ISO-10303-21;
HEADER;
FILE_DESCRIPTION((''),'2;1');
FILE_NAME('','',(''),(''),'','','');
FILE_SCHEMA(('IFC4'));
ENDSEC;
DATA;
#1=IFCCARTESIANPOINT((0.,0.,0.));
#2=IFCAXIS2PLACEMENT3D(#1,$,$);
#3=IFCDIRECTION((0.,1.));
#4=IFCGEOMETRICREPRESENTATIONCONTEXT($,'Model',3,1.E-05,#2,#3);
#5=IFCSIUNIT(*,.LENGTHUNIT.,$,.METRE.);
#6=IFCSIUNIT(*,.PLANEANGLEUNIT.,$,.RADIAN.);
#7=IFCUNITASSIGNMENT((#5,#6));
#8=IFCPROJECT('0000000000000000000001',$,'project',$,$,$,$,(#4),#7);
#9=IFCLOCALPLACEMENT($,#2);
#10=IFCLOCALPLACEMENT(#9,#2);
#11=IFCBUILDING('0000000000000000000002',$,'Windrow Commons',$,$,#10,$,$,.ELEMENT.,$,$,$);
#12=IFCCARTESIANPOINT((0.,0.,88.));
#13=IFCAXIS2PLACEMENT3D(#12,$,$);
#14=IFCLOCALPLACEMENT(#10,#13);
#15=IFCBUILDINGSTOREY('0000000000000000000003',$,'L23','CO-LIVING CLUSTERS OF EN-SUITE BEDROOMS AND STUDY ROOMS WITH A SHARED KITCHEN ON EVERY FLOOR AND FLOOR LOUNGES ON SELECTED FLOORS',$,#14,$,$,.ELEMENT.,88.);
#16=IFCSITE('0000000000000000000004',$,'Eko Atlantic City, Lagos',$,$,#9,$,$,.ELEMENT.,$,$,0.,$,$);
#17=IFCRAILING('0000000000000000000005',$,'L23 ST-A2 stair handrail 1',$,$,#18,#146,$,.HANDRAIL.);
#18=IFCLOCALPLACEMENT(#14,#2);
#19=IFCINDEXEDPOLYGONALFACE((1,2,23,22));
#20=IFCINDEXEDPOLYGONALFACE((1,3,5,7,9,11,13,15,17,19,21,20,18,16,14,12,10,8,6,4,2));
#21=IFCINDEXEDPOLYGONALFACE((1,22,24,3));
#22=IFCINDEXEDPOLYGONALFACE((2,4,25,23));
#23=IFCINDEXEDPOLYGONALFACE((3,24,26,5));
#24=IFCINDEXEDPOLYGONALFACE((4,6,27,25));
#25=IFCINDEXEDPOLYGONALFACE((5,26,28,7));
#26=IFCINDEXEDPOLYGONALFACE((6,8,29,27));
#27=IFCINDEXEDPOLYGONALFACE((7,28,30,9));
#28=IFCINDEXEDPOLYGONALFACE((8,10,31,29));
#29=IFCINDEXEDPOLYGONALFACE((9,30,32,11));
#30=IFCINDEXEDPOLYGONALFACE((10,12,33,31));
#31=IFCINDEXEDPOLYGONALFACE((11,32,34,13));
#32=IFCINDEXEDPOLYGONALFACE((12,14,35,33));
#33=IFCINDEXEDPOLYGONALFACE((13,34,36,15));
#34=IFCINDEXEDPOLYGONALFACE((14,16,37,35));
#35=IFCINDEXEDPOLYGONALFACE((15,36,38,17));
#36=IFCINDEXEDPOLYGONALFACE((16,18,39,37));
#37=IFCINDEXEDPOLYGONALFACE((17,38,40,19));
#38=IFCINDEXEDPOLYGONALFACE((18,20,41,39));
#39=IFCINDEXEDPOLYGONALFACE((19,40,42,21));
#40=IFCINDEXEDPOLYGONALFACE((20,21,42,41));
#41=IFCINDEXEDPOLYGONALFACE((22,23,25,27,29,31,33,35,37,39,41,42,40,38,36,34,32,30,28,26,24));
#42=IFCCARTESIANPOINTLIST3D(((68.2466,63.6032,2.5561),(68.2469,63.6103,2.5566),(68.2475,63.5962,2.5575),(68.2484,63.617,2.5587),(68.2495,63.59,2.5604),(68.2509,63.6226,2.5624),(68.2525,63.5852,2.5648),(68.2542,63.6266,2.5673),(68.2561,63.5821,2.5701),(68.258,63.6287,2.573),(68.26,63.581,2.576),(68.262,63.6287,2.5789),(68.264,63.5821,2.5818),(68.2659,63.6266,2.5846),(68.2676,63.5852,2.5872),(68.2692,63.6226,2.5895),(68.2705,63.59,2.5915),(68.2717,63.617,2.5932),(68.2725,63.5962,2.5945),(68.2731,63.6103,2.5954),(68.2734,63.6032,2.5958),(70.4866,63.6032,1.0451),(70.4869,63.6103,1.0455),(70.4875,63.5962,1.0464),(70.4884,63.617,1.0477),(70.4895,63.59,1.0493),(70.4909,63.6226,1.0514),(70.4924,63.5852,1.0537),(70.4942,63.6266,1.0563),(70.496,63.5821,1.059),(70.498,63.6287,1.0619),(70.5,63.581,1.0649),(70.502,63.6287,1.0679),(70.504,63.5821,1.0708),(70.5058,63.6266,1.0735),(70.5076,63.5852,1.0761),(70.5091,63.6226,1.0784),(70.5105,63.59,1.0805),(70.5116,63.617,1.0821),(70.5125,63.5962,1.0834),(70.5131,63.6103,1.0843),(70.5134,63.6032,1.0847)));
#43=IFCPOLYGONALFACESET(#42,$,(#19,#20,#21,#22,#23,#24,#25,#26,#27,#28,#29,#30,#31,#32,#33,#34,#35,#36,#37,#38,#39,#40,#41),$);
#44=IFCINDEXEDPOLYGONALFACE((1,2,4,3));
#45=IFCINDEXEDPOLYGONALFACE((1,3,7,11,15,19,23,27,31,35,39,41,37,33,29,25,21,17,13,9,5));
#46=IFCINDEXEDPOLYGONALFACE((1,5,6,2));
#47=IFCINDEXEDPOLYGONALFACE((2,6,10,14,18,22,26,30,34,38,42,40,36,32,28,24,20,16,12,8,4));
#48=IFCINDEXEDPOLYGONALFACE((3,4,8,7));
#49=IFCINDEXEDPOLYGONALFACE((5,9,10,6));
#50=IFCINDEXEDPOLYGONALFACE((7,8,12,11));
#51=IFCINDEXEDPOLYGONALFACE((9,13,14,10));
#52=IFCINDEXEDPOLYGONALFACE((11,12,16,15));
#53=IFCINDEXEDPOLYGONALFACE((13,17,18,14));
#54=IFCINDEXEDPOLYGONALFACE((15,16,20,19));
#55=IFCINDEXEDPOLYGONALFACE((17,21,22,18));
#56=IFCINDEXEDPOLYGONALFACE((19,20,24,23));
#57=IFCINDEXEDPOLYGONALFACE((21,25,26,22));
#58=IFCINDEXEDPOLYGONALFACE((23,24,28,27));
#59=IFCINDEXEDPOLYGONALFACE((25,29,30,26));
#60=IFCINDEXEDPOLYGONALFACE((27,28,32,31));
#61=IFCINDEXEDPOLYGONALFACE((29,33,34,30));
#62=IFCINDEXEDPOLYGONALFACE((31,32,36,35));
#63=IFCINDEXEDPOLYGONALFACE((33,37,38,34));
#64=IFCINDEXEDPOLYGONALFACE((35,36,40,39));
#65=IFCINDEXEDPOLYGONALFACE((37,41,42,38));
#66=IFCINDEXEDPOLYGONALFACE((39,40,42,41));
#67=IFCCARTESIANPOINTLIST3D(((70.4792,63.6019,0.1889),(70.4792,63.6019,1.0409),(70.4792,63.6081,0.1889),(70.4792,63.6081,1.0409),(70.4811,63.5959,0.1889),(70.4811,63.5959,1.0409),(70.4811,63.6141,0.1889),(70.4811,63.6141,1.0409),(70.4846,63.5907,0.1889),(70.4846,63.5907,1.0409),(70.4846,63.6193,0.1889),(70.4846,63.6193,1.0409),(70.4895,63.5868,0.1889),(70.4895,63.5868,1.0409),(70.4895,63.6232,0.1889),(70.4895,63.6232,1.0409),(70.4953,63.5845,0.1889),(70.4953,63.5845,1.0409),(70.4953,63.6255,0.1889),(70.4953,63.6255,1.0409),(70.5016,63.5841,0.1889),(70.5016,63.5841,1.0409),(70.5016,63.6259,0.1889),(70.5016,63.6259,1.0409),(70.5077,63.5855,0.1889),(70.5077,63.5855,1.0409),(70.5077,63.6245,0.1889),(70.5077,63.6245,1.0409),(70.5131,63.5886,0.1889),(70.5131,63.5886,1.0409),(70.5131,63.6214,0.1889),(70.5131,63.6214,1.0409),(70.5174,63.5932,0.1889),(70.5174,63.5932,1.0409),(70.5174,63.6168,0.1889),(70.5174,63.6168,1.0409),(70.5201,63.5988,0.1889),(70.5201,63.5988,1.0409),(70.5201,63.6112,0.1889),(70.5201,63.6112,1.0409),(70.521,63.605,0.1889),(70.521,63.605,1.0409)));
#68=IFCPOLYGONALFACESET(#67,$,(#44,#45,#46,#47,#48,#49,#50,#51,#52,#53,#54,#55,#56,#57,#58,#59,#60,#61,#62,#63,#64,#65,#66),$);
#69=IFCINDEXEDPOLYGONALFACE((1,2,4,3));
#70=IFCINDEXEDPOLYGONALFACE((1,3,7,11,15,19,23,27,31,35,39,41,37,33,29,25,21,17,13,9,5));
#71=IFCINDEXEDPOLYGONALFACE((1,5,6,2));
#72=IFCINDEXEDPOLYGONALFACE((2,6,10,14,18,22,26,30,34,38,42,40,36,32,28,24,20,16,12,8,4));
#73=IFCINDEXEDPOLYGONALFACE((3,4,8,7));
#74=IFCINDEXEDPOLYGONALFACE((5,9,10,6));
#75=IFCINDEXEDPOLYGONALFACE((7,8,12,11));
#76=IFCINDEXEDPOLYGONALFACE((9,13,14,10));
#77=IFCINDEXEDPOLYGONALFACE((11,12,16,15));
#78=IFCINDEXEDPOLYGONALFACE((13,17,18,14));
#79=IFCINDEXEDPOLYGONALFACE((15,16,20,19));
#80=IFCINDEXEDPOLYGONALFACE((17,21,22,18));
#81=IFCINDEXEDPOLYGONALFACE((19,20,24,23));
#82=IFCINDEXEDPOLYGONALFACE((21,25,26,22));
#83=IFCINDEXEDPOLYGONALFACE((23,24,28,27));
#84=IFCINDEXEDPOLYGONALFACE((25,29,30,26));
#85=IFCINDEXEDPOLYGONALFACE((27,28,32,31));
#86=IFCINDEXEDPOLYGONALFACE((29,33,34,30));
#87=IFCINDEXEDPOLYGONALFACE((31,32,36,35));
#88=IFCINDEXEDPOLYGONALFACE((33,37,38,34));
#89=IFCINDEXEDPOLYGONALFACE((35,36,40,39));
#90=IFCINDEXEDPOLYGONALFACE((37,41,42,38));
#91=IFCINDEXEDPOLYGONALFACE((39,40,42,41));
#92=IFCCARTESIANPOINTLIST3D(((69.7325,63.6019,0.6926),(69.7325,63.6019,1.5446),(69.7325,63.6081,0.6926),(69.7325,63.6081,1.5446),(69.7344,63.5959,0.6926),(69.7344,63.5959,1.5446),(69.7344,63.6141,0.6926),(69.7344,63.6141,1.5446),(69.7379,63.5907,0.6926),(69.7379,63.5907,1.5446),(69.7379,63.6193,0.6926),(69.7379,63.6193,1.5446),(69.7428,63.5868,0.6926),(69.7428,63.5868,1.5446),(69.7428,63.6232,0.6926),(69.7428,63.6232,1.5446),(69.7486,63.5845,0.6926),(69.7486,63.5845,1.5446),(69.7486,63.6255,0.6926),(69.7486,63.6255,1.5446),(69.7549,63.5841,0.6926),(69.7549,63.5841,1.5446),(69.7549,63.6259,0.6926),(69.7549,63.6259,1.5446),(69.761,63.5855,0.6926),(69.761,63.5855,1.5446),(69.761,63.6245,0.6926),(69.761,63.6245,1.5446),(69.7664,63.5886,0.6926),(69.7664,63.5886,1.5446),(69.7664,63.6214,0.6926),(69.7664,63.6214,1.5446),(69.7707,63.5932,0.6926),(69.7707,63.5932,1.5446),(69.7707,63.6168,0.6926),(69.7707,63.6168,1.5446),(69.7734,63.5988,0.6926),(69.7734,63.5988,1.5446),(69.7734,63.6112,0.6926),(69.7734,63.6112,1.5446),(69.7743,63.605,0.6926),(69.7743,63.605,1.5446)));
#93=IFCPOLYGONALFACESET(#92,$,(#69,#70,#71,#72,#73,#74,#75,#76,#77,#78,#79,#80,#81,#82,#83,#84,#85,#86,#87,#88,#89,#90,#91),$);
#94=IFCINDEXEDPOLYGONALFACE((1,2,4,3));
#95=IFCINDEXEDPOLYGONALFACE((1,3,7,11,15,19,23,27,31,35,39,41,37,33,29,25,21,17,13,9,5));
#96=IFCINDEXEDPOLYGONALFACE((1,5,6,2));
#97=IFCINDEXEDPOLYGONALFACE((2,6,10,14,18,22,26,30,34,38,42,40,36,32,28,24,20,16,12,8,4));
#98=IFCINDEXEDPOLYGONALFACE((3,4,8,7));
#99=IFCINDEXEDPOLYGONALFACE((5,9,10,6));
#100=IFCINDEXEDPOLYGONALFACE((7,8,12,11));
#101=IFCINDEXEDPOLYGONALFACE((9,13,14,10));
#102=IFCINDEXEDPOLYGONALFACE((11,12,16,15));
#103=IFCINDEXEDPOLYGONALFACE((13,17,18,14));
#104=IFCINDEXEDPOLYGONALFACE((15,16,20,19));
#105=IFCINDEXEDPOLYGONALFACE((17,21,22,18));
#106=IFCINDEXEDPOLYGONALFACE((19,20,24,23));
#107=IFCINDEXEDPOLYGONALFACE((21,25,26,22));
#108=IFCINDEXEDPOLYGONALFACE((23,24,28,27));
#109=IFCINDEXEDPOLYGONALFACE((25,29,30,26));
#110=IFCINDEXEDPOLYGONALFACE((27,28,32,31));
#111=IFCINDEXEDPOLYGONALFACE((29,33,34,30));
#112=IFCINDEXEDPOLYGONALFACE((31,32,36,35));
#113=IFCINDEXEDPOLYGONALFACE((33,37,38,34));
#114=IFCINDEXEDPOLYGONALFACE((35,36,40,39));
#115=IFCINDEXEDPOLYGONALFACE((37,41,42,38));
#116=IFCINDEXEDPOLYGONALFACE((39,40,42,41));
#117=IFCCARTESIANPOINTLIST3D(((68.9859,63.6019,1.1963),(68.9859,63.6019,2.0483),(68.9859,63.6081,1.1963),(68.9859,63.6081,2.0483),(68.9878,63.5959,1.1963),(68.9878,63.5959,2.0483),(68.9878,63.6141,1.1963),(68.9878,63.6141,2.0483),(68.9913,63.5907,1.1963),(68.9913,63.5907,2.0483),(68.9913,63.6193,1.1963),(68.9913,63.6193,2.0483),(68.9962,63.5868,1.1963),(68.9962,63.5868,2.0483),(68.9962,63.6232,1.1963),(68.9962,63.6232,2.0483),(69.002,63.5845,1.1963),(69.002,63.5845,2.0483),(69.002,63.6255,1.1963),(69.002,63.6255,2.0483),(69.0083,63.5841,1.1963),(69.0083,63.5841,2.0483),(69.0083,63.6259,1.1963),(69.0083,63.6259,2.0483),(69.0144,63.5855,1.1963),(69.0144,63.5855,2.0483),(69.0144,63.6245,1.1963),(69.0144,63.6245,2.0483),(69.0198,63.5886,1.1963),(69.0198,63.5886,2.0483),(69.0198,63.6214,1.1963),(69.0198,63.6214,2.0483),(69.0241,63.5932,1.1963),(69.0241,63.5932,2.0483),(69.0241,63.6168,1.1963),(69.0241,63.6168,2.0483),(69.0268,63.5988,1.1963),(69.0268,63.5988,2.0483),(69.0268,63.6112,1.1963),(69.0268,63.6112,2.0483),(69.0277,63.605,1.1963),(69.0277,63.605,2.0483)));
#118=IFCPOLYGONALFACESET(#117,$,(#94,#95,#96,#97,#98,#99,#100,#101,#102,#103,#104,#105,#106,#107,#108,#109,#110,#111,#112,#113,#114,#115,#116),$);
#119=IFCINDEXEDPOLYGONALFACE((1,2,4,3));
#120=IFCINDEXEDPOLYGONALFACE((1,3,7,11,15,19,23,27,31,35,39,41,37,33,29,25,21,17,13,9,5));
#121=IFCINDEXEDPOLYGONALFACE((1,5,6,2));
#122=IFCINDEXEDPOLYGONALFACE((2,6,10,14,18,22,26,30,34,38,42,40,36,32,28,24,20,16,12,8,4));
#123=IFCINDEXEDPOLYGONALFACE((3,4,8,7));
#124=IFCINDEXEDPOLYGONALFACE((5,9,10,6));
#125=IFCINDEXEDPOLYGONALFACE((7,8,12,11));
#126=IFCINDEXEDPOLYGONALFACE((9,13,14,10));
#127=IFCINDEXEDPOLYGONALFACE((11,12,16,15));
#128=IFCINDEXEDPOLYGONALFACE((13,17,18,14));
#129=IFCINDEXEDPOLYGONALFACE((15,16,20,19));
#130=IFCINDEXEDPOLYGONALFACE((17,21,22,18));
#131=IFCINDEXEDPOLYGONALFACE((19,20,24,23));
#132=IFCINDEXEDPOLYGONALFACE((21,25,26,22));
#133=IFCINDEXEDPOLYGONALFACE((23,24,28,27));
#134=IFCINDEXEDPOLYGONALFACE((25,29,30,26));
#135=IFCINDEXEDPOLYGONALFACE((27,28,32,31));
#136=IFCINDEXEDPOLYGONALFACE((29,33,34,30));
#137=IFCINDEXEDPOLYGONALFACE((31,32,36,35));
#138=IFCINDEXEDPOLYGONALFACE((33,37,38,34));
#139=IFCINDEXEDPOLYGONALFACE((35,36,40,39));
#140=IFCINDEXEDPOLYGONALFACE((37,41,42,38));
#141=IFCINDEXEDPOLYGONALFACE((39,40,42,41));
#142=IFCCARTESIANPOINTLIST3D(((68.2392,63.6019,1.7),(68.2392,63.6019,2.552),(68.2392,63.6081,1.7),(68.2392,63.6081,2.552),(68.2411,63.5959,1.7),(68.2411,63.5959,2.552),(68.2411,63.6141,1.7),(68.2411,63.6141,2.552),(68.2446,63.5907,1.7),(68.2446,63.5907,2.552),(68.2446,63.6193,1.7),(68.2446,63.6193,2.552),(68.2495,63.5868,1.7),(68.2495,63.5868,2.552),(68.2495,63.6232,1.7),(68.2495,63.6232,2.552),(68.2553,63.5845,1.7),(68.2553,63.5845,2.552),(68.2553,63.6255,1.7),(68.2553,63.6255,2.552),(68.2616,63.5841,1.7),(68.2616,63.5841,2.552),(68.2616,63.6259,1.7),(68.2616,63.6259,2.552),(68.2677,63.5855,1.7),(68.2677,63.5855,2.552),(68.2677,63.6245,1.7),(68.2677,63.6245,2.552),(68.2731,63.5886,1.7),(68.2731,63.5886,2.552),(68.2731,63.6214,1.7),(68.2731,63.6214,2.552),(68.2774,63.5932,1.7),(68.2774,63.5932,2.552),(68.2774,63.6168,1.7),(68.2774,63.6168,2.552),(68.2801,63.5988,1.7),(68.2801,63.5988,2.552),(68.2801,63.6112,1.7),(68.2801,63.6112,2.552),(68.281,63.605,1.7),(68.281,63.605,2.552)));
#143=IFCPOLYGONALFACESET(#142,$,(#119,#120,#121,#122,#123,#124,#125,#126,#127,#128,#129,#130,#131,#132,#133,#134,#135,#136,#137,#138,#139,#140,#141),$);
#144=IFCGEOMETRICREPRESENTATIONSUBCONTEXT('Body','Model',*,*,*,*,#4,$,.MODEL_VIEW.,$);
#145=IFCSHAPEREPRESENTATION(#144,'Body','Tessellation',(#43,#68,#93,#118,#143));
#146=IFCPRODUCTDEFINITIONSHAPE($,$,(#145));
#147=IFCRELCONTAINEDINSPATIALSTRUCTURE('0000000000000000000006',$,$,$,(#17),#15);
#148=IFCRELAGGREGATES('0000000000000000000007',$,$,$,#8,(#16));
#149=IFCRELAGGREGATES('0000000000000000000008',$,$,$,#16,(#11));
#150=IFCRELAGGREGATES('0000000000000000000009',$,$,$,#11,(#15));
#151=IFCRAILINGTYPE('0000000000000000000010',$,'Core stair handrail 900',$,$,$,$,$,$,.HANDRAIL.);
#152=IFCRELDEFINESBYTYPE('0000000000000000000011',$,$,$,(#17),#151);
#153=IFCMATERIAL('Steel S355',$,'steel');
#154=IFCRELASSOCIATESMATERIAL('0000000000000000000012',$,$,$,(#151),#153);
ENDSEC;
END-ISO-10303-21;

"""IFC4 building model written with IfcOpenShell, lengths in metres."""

from ifc_helpers import new_model, si_unit, direction, frame, origin, origin_2d, place, context, subcontext, project, spatial, circle, extrude, material, type_object, element, save


model = new_model("IFC4")

# Units and contexts
model_context = context("Model", 3, precision=1e-05, world=origin(), true_north=direction((0.0, 1.0)))
body_context = subcontext(model_context, "Body", "Model", "MODEL_VIEW")
ifc_project = project(units=[si_unit("LENGTHUNIT", "METRE"), si_unit("PLANEANGLEUNIT", "RADIAN")], contexts=[model_context])

# Site, building, storey
site_placement = place(None, origin())
site = spatial("IfcSite", under=ifc_project, at=site_placement, Name="Eko Atlantic City, Lagos", CompositionType="ELEMENT", RefElevation=0.0)
building_placement = place(site_placement, origin())
building = spatial("IfcBuilding", under=site, at=building_placement, Name="Windrow Commons", CompositionType="ELEMENT")
storey_placement = place(building_placement, frame((0.0, 0.0, 88.0)))
storey = spatial("IfcBuildingStorey", under=building, at=storey_placement, Name="L23", Description="CO-LIVING CLUSTERS OF EN-SUITE BEDROOMS AND STUDY ROOMS WITH A SHARED KITCHEN ON EVERY FLOOR AND FLOOR LOUNGES ON SELECTED FLOORS", CompositionType="ELEMENT", Elevation=88.0)

# Railing
ifc_material_1 = material(Name="Steel S355", Category="steel")
railing_type_1 = type_object("IfcRailingType", Name="Core stair handrail 900", PredefinedType="HANDRAIL", material=ifc_material_1)
for number, where, name in (
    (1, (70.5, 63.605, 0.1889), "L23 ST-A2 stair handrail 1"),
):
    element("IfcRailing", number, at=place(storey_placement, frame(where)), inside=storey, type_object=railing_type_1, Name=name, PredefinedType="HANDRAIL", context=body_context, shape_type="SweptSolid", body=[
        extrude(circle(Radius=0.024, at=origin_2d()), frame((0.0, 0.0, 0.876), z_axis=(-0.829003, 0.0, 0.559244), x_axis=(0.0, -1.0, 0.0)), (0.0, 0.0, 1.0), 2.702),
        extrude(circle(Radius=0.021, at=origin_2d()), origin(), (0.0, 0.0, 1.0), 0.852),
        extrude(circle(Radius=0.021, at=origin_2d()), frame((-0.7467, 0.0, 0.5037)), (0.0, 0.0, 1.0), 0.852),
        extrude(circle(Radius=0.021, at=origin_2d()), frame((-1.4933, 0.0, 1.0074)), (0.0, 0.0, 1.0), 0.852),
        extrude(circle(Radius=0.021, at=origin_2d()), frame((-2.24, 0.0, 1.5111)), (0.0, 0.0, 1.0), 0.852),
    ])

save(model, "model.ifc")
